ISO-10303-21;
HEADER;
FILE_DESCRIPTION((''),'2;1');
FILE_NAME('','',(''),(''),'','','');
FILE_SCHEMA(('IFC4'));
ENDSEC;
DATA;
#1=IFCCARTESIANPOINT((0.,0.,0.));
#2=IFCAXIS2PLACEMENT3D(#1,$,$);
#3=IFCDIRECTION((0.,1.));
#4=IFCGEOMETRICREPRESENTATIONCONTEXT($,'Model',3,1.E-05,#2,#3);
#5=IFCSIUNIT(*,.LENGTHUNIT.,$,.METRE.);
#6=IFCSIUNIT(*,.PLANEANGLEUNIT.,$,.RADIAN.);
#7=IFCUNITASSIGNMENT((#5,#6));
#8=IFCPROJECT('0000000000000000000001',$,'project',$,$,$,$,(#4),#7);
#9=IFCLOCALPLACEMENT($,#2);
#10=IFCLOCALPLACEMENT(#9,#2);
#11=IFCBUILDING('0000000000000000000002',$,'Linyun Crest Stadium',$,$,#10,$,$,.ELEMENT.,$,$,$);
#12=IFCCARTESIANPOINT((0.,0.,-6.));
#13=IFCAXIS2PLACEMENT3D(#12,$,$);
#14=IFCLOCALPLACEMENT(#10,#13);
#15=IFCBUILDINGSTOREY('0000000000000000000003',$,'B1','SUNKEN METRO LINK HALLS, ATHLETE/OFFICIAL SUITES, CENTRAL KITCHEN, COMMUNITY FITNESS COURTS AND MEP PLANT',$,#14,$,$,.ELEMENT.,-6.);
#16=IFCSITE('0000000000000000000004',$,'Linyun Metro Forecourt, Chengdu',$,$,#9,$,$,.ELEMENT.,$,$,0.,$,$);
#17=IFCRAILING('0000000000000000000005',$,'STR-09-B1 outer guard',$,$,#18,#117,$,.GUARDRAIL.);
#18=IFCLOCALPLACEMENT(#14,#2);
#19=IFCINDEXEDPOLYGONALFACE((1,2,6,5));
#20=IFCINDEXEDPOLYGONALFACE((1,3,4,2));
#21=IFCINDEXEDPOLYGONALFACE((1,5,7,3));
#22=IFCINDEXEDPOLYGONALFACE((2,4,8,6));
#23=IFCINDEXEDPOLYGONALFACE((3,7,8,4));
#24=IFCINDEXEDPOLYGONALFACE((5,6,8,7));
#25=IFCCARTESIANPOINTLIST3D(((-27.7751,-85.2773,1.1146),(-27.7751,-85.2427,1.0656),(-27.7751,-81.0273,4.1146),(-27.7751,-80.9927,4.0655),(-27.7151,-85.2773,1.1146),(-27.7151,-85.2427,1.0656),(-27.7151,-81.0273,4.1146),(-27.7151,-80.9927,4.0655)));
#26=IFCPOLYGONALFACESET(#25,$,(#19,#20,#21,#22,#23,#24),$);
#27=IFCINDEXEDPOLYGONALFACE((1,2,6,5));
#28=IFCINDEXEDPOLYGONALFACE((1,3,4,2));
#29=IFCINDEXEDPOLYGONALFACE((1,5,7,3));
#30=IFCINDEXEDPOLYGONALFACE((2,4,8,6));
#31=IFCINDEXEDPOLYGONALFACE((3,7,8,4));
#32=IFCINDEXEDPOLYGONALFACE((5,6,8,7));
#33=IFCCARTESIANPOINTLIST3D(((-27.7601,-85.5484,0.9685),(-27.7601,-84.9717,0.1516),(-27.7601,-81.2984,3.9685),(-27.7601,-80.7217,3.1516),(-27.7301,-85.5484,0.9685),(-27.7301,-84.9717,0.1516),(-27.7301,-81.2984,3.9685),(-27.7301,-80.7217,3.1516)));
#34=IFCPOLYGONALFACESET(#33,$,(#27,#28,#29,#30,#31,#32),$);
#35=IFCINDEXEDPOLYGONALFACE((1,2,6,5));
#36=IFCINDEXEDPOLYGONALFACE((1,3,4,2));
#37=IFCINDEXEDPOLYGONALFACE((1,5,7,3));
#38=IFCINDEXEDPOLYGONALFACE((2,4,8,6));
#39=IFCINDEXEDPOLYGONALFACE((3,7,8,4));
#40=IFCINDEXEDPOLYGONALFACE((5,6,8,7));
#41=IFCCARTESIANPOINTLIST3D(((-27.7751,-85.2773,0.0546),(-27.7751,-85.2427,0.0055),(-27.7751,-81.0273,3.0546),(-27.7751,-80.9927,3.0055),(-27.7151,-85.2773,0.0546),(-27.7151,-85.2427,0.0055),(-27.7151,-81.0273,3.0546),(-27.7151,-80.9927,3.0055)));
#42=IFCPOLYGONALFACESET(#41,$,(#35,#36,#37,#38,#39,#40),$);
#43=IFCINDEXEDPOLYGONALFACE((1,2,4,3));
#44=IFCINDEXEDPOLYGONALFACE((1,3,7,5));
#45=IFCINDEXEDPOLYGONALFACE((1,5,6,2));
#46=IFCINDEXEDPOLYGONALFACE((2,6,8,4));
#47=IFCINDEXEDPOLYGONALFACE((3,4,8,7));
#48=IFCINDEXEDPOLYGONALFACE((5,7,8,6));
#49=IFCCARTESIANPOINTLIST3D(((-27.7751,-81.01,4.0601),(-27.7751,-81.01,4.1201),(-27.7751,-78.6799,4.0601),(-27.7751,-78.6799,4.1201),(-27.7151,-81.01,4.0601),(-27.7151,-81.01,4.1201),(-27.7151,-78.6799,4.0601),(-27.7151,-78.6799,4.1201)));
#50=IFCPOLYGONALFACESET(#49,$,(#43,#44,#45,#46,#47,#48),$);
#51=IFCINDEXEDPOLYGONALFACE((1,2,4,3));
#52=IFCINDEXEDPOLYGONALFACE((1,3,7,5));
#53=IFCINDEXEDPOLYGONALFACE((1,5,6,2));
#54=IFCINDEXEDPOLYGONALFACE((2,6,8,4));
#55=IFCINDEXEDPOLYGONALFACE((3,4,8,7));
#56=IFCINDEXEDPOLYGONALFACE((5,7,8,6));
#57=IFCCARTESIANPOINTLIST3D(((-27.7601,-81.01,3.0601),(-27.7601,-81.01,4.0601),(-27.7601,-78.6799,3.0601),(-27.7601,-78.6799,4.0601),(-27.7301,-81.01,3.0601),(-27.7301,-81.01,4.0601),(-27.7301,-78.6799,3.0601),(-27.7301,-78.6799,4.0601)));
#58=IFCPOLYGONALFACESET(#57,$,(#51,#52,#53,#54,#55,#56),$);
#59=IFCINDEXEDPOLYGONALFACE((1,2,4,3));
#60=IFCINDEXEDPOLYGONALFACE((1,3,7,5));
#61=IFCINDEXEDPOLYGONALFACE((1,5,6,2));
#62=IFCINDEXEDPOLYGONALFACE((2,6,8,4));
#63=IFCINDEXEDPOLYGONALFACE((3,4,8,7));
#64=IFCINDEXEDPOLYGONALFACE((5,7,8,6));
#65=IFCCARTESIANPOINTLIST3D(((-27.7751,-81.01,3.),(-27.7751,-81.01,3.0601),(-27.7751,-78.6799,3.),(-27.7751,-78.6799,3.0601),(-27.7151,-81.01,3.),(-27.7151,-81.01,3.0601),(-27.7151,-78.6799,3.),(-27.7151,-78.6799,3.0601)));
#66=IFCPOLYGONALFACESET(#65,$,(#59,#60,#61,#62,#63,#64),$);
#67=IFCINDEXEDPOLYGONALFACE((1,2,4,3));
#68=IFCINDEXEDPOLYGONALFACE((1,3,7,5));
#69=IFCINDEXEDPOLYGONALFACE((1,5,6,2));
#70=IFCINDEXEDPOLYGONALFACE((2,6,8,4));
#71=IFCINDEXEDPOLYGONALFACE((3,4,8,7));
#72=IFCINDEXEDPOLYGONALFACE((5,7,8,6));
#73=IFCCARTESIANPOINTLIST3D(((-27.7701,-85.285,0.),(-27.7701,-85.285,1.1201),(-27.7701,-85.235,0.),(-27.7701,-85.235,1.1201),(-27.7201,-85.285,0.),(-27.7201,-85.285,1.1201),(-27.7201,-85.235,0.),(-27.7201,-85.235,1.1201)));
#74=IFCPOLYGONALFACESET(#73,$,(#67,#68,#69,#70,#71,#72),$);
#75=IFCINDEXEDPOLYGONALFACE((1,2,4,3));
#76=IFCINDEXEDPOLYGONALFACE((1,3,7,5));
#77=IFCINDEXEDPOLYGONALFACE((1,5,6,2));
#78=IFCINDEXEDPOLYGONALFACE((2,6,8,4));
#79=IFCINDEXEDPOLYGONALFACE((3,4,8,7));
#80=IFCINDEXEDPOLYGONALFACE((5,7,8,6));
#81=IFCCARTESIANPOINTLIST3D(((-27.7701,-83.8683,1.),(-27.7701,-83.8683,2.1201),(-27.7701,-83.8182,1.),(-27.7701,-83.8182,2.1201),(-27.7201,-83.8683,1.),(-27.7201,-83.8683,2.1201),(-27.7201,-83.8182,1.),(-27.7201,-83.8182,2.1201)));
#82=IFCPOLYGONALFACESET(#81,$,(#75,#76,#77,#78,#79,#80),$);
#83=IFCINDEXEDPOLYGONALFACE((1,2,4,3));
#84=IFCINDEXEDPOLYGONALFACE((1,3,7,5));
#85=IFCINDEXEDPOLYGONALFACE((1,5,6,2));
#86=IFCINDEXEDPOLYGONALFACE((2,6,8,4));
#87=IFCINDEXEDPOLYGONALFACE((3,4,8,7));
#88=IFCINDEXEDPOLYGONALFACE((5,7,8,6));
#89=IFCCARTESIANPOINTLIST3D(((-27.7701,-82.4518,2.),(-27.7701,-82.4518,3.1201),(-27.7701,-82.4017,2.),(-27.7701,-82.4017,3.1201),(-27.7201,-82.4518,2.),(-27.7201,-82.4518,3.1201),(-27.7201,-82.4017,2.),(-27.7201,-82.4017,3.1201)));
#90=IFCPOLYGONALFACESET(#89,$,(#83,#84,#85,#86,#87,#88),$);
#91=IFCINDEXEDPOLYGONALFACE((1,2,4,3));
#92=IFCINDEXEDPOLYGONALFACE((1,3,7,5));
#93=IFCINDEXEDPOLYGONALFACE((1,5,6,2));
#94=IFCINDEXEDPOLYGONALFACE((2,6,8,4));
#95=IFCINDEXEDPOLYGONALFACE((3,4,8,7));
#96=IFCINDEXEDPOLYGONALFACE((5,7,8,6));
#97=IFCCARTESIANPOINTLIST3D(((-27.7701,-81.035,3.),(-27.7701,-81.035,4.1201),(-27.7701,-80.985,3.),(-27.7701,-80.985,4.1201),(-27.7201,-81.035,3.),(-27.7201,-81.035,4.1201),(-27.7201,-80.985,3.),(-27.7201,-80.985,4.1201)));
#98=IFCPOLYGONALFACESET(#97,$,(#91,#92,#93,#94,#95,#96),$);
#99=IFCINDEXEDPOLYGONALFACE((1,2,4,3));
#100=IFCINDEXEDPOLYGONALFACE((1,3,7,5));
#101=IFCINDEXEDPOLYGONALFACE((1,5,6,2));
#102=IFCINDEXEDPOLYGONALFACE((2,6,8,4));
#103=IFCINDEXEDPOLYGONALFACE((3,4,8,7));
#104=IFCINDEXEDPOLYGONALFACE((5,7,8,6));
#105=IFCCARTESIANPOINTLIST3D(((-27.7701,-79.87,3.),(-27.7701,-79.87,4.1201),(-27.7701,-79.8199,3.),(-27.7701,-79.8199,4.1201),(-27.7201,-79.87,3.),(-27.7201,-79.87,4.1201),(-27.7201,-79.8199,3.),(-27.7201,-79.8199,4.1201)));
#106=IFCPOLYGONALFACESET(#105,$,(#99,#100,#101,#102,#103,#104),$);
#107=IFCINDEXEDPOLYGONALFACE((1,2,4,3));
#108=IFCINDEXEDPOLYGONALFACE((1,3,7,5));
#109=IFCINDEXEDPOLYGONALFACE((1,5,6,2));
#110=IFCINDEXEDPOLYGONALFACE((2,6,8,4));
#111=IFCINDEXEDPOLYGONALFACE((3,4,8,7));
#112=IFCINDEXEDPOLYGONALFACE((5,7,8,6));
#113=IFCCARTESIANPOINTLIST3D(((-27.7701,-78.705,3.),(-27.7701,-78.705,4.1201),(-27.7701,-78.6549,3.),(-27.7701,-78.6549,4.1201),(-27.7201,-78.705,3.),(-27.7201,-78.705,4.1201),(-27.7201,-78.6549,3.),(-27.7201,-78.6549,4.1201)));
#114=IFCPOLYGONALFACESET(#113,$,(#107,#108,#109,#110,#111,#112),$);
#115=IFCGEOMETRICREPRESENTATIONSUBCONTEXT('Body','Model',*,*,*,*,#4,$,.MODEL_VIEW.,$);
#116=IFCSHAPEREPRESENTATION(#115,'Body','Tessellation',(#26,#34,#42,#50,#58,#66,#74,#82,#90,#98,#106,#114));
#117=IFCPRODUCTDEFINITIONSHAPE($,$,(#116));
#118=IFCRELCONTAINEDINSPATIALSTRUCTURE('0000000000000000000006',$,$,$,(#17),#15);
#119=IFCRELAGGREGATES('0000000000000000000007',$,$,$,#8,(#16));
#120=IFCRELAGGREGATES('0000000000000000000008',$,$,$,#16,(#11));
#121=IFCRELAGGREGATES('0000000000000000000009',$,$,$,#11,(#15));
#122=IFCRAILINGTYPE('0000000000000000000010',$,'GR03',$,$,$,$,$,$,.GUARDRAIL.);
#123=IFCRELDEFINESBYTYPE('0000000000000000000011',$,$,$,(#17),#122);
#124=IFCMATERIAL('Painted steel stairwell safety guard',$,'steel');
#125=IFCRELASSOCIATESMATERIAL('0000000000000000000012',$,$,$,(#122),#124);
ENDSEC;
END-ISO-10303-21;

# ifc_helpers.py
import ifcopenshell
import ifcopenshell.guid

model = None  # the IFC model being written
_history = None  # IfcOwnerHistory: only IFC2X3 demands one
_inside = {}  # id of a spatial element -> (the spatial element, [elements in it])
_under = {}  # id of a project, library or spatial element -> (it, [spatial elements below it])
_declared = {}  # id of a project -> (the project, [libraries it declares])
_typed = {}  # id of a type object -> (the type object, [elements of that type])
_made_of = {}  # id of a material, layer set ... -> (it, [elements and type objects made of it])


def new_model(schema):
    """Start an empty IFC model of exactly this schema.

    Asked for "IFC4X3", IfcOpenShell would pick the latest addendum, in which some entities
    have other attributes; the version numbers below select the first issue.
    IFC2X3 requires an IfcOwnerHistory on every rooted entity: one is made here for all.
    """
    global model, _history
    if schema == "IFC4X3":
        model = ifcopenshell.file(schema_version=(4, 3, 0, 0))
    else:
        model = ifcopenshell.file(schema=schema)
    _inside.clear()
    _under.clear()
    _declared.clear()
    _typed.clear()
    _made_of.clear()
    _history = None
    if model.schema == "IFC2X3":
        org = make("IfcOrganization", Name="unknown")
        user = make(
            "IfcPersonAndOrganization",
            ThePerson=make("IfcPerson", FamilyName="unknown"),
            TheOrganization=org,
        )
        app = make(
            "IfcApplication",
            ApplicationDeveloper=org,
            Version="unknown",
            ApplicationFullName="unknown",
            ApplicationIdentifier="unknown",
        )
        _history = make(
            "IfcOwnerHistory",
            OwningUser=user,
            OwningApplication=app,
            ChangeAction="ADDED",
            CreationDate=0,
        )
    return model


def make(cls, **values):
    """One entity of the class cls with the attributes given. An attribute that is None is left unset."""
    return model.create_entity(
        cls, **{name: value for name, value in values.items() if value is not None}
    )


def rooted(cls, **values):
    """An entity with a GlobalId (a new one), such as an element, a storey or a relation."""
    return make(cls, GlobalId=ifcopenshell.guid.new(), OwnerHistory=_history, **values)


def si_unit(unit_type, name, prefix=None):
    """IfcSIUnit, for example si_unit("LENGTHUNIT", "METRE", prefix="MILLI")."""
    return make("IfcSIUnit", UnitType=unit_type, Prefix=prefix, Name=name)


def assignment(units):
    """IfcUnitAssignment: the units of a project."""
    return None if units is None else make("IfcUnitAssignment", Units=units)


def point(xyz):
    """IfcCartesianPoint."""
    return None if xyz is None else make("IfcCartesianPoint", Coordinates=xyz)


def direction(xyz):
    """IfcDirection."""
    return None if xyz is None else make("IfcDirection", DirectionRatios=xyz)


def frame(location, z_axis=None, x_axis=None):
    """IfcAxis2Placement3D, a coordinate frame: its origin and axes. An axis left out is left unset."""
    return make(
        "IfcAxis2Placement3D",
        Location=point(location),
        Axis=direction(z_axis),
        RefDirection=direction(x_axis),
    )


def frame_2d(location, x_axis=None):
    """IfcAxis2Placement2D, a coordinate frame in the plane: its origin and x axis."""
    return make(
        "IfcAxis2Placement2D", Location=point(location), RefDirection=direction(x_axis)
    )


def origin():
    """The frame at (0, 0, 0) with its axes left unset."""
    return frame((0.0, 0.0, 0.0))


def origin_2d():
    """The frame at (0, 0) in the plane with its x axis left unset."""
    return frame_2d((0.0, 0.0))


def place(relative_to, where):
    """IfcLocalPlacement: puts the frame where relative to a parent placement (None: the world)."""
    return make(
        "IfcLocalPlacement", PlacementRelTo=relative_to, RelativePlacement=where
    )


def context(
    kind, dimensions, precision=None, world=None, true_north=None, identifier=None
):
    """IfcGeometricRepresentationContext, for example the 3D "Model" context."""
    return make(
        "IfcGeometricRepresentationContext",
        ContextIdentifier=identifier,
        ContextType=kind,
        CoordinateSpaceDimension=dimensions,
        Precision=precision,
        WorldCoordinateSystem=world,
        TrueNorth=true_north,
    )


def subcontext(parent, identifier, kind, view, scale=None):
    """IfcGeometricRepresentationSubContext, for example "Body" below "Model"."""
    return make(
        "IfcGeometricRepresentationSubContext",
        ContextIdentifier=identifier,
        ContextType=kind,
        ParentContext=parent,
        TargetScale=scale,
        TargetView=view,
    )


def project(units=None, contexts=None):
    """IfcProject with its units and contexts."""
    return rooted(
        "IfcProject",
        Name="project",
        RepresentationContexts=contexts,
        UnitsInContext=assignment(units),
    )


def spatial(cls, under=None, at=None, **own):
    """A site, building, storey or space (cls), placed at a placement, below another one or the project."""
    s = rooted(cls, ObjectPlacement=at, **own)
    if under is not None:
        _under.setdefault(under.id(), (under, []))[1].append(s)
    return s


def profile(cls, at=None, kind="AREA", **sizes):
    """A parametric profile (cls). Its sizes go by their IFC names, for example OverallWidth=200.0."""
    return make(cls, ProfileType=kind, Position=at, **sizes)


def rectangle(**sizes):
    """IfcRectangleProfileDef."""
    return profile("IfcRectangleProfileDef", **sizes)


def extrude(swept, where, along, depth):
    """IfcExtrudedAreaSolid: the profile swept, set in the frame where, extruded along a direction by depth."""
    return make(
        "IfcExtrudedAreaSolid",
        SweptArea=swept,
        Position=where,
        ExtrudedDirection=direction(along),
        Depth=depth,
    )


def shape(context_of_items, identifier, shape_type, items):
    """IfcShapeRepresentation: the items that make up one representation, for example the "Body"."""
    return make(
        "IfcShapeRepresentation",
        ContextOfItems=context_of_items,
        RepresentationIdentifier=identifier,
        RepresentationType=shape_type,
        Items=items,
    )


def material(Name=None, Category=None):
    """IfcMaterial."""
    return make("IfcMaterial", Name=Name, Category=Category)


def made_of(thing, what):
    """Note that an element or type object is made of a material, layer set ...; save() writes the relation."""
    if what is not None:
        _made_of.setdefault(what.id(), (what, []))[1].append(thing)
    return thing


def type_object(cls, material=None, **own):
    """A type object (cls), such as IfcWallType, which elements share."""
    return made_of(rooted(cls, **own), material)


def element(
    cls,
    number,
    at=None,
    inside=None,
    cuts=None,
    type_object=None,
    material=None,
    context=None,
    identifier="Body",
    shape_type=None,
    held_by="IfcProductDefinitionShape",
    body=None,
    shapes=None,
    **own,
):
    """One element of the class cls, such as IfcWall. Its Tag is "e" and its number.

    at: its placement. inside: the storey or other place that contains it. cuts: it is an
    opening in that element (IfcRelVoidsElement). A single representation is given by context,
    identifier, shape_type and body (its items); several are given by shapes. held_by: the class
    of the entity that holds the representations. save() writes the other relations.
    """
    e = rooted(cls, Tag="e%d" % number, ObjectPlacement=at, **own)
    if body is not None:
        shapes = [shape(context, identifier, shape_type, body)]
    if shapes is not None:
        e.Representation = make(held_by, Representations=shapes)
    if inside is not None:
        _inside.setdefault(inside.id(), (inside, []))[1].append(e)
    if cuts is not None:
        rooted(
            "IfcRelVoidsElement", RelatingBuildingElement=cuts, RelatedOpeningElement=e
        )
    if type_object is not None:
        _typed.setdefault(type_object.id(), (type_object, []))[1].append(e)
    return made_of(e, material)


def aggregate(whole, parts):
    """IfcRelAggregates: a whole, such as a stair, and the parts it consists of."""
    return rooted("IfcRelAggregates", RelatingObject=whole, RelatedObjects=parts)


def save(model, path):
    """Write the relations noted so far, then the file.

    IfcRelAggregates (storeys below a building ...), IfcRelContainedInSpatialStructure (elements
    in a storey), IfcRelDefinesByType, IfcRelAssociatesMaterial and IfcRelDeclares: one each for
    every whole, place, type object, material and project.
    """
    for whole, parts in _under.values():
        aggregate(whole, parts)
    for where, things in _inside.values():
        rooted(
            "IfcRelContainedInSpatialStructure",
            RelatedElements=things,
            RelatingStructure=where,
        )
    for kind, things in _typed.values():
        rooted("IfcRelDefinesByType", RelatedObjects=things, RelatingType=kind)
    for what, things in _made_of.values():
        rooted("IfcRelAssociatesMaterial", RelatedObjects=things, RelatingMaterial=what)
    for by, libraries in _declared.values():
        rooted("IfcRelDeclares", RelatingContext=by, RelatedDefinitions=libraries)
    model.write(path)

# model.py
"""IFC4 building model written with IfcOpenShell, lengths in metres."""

from ifc_helpers import new_model, si_unit, direction, frame, origin, origin_2d, place, context, subcontext, project, spatial, rectangle, extrude, material, type_object, element, save


model = new_model("IFC4")

# Units and contexts
model_context = context("Model", 3, precision=1e-05, world=origin(), true_north=direction((0.0, 1.0)))
body_context = subcontext(model_context, "Body", "Model", "MODEL_VIEW")
ifc_project = project(units=[si_unit("LENGTHUNIT", "METRE"), si_unit("PLANEANGLEUNIT", "RADIAN")], contexts=[model_context])

# Site, building, storey
site_placement = place(None, origin())
site = spatial("IfcSite", under=ifc_project, at=site_placement, Name="Linyun Metro Forecourt, Chengdu", CompositionType="ELEMENT", RefElevation=0.0)
building_placement = place(site_placement, origin())
building = spatial("IfcBuilding", under=site, at=building_placement, Name="Linyun Crest Stadium", CompositionType="ELEMENT")
storey_placement = place(building_placement, frame((0.0, 0.0, -6.0)))
storey = spatial("IfcBuildingStorey", under=building, at=storey_placement, Name="B1", Description="SUNKEN METRO LINK HALLS, ATHLETE/OFFICIAL SUITES, CENTRAL KITCHEN, COMMUNITY FITNESS COURTS AND MEP PLANT", CompositionType="ELEMENT", Elevation=-6.0)

# Railing
ifc_material_1 = material(Name="Painted steel stairwell safety guard", Category="steel")
railing_type = type_object("IfcRailingType", Name="GR03", PredefinedType="GUARDRAIL", material=ifc_material_1)
railing_placement = place(storey_placement, frame((-27.7451, -85.26, 0.0)))
element("IfcRailing", 1, at=railing_placement, inside=storey, type_object=railing_type, Name="STR-09-B1 outer guard", PredefinedType="GUARDRAIL", context=body_context, shape_type="SweptSolid", body=[
    extrude(rectangle(XDim=0.0601, YDim=0.0601, at=origin_2d()), frame((0.0, 0.0, 1.0901), z_axis=(0.0, 0.816968, 0.576683), x_axis=(-1.0, 0.0, 0.0)), (0.0, 0.0, 1.0), 5.2021),
    extrude(rectangle(XDim=0.03, YDim=1.0, at=origin_2d()), frame((0.0, 0.0, 0.5601), z_axis=(0.0, 0.816968, 0.576683), x_axis=(-1.0, 0.0, 0.0)), (0.0, 0.0, 1.0), 5.2021),
    extrude(rectangle(XDim=0.0601, YDim=0.0601, at=origin_2d()), frame((0.0, 0.0, 0.03), z_axis=(0.0, 0.816968, 0.576683), x_axis=(-1.0, 0.0, 0.0)), (0.0, 0.0, 1.0), 5.2021),
    extrude(rectangle(XDim=0.0601, YDim=0.0601, at=origin_2d()), frame((0.0, 4.25, 4.0901), z_axis=(0.0, 1.0, 0.0), x_axis=(-1.0, 0.0, 0.0)), (0.0, 0.0, 1.0), 2.3301),
    extrude(rectangle(XDim=0.03, YDim=1.0, at=origin_2d()), frame((0.0, 4.25, 3.5601), z_axis=(0.0, 1.0, 0.0), x_axis=(-1.0, 0.0, 0.0)), (0.0, 0.0, 1.0), 2.3301),
    extrude(rectangle(XDim=0.0601, YDim=0.0601, at=origin_2d()), frame((0.0, 4.25, 3.03), z_axis=(0.0, 1.0, 0.0), x_axis=(-1.0, 0.0, 0.0)), (0.0, 0.0, 1.0), 2.3301),
    extrude(rectangle(XDim=0.05, YDim=0.05, at=origin_2d()), origin(), (0.0, 0.0, 1.0), 1.1201),
    extrude(rectangle(XDim=0.05, YDim=0.05, at=origin_2d()), frame((0.0, 1.4167, 1.0)), (0.0, 0.0, 1.0), 1.1201),
    extrude(rectangle(XDim=0.05, YDim=0.05, at=origin_2d()), frame((0.0, 2.8333, 2.0)), (0.0, 0.0, 1.0), 1.1201),
    extrude(rectangle(XDim=0.05, YDim=0.05, at=origin_2d()), frame((0.0, 4.25, 3.0)), (0.0, 0.0, 1.0), 1.1201),
    extrude(rectangle(XDim=0.05, YDim=0.05, at=origin_2d()), frame((0.0, 5.415, 3.0)), (0.0, 0.0, 1.0), 1.1201),
    extrude(rectangle(XDim=0.05, YDim=0.05, at=origin_2d()), frame((0.0, 6.5801, 3.0)), (0.0, 0.0, 1.0), 1.1201),
])

save(model, "model.ifc")
